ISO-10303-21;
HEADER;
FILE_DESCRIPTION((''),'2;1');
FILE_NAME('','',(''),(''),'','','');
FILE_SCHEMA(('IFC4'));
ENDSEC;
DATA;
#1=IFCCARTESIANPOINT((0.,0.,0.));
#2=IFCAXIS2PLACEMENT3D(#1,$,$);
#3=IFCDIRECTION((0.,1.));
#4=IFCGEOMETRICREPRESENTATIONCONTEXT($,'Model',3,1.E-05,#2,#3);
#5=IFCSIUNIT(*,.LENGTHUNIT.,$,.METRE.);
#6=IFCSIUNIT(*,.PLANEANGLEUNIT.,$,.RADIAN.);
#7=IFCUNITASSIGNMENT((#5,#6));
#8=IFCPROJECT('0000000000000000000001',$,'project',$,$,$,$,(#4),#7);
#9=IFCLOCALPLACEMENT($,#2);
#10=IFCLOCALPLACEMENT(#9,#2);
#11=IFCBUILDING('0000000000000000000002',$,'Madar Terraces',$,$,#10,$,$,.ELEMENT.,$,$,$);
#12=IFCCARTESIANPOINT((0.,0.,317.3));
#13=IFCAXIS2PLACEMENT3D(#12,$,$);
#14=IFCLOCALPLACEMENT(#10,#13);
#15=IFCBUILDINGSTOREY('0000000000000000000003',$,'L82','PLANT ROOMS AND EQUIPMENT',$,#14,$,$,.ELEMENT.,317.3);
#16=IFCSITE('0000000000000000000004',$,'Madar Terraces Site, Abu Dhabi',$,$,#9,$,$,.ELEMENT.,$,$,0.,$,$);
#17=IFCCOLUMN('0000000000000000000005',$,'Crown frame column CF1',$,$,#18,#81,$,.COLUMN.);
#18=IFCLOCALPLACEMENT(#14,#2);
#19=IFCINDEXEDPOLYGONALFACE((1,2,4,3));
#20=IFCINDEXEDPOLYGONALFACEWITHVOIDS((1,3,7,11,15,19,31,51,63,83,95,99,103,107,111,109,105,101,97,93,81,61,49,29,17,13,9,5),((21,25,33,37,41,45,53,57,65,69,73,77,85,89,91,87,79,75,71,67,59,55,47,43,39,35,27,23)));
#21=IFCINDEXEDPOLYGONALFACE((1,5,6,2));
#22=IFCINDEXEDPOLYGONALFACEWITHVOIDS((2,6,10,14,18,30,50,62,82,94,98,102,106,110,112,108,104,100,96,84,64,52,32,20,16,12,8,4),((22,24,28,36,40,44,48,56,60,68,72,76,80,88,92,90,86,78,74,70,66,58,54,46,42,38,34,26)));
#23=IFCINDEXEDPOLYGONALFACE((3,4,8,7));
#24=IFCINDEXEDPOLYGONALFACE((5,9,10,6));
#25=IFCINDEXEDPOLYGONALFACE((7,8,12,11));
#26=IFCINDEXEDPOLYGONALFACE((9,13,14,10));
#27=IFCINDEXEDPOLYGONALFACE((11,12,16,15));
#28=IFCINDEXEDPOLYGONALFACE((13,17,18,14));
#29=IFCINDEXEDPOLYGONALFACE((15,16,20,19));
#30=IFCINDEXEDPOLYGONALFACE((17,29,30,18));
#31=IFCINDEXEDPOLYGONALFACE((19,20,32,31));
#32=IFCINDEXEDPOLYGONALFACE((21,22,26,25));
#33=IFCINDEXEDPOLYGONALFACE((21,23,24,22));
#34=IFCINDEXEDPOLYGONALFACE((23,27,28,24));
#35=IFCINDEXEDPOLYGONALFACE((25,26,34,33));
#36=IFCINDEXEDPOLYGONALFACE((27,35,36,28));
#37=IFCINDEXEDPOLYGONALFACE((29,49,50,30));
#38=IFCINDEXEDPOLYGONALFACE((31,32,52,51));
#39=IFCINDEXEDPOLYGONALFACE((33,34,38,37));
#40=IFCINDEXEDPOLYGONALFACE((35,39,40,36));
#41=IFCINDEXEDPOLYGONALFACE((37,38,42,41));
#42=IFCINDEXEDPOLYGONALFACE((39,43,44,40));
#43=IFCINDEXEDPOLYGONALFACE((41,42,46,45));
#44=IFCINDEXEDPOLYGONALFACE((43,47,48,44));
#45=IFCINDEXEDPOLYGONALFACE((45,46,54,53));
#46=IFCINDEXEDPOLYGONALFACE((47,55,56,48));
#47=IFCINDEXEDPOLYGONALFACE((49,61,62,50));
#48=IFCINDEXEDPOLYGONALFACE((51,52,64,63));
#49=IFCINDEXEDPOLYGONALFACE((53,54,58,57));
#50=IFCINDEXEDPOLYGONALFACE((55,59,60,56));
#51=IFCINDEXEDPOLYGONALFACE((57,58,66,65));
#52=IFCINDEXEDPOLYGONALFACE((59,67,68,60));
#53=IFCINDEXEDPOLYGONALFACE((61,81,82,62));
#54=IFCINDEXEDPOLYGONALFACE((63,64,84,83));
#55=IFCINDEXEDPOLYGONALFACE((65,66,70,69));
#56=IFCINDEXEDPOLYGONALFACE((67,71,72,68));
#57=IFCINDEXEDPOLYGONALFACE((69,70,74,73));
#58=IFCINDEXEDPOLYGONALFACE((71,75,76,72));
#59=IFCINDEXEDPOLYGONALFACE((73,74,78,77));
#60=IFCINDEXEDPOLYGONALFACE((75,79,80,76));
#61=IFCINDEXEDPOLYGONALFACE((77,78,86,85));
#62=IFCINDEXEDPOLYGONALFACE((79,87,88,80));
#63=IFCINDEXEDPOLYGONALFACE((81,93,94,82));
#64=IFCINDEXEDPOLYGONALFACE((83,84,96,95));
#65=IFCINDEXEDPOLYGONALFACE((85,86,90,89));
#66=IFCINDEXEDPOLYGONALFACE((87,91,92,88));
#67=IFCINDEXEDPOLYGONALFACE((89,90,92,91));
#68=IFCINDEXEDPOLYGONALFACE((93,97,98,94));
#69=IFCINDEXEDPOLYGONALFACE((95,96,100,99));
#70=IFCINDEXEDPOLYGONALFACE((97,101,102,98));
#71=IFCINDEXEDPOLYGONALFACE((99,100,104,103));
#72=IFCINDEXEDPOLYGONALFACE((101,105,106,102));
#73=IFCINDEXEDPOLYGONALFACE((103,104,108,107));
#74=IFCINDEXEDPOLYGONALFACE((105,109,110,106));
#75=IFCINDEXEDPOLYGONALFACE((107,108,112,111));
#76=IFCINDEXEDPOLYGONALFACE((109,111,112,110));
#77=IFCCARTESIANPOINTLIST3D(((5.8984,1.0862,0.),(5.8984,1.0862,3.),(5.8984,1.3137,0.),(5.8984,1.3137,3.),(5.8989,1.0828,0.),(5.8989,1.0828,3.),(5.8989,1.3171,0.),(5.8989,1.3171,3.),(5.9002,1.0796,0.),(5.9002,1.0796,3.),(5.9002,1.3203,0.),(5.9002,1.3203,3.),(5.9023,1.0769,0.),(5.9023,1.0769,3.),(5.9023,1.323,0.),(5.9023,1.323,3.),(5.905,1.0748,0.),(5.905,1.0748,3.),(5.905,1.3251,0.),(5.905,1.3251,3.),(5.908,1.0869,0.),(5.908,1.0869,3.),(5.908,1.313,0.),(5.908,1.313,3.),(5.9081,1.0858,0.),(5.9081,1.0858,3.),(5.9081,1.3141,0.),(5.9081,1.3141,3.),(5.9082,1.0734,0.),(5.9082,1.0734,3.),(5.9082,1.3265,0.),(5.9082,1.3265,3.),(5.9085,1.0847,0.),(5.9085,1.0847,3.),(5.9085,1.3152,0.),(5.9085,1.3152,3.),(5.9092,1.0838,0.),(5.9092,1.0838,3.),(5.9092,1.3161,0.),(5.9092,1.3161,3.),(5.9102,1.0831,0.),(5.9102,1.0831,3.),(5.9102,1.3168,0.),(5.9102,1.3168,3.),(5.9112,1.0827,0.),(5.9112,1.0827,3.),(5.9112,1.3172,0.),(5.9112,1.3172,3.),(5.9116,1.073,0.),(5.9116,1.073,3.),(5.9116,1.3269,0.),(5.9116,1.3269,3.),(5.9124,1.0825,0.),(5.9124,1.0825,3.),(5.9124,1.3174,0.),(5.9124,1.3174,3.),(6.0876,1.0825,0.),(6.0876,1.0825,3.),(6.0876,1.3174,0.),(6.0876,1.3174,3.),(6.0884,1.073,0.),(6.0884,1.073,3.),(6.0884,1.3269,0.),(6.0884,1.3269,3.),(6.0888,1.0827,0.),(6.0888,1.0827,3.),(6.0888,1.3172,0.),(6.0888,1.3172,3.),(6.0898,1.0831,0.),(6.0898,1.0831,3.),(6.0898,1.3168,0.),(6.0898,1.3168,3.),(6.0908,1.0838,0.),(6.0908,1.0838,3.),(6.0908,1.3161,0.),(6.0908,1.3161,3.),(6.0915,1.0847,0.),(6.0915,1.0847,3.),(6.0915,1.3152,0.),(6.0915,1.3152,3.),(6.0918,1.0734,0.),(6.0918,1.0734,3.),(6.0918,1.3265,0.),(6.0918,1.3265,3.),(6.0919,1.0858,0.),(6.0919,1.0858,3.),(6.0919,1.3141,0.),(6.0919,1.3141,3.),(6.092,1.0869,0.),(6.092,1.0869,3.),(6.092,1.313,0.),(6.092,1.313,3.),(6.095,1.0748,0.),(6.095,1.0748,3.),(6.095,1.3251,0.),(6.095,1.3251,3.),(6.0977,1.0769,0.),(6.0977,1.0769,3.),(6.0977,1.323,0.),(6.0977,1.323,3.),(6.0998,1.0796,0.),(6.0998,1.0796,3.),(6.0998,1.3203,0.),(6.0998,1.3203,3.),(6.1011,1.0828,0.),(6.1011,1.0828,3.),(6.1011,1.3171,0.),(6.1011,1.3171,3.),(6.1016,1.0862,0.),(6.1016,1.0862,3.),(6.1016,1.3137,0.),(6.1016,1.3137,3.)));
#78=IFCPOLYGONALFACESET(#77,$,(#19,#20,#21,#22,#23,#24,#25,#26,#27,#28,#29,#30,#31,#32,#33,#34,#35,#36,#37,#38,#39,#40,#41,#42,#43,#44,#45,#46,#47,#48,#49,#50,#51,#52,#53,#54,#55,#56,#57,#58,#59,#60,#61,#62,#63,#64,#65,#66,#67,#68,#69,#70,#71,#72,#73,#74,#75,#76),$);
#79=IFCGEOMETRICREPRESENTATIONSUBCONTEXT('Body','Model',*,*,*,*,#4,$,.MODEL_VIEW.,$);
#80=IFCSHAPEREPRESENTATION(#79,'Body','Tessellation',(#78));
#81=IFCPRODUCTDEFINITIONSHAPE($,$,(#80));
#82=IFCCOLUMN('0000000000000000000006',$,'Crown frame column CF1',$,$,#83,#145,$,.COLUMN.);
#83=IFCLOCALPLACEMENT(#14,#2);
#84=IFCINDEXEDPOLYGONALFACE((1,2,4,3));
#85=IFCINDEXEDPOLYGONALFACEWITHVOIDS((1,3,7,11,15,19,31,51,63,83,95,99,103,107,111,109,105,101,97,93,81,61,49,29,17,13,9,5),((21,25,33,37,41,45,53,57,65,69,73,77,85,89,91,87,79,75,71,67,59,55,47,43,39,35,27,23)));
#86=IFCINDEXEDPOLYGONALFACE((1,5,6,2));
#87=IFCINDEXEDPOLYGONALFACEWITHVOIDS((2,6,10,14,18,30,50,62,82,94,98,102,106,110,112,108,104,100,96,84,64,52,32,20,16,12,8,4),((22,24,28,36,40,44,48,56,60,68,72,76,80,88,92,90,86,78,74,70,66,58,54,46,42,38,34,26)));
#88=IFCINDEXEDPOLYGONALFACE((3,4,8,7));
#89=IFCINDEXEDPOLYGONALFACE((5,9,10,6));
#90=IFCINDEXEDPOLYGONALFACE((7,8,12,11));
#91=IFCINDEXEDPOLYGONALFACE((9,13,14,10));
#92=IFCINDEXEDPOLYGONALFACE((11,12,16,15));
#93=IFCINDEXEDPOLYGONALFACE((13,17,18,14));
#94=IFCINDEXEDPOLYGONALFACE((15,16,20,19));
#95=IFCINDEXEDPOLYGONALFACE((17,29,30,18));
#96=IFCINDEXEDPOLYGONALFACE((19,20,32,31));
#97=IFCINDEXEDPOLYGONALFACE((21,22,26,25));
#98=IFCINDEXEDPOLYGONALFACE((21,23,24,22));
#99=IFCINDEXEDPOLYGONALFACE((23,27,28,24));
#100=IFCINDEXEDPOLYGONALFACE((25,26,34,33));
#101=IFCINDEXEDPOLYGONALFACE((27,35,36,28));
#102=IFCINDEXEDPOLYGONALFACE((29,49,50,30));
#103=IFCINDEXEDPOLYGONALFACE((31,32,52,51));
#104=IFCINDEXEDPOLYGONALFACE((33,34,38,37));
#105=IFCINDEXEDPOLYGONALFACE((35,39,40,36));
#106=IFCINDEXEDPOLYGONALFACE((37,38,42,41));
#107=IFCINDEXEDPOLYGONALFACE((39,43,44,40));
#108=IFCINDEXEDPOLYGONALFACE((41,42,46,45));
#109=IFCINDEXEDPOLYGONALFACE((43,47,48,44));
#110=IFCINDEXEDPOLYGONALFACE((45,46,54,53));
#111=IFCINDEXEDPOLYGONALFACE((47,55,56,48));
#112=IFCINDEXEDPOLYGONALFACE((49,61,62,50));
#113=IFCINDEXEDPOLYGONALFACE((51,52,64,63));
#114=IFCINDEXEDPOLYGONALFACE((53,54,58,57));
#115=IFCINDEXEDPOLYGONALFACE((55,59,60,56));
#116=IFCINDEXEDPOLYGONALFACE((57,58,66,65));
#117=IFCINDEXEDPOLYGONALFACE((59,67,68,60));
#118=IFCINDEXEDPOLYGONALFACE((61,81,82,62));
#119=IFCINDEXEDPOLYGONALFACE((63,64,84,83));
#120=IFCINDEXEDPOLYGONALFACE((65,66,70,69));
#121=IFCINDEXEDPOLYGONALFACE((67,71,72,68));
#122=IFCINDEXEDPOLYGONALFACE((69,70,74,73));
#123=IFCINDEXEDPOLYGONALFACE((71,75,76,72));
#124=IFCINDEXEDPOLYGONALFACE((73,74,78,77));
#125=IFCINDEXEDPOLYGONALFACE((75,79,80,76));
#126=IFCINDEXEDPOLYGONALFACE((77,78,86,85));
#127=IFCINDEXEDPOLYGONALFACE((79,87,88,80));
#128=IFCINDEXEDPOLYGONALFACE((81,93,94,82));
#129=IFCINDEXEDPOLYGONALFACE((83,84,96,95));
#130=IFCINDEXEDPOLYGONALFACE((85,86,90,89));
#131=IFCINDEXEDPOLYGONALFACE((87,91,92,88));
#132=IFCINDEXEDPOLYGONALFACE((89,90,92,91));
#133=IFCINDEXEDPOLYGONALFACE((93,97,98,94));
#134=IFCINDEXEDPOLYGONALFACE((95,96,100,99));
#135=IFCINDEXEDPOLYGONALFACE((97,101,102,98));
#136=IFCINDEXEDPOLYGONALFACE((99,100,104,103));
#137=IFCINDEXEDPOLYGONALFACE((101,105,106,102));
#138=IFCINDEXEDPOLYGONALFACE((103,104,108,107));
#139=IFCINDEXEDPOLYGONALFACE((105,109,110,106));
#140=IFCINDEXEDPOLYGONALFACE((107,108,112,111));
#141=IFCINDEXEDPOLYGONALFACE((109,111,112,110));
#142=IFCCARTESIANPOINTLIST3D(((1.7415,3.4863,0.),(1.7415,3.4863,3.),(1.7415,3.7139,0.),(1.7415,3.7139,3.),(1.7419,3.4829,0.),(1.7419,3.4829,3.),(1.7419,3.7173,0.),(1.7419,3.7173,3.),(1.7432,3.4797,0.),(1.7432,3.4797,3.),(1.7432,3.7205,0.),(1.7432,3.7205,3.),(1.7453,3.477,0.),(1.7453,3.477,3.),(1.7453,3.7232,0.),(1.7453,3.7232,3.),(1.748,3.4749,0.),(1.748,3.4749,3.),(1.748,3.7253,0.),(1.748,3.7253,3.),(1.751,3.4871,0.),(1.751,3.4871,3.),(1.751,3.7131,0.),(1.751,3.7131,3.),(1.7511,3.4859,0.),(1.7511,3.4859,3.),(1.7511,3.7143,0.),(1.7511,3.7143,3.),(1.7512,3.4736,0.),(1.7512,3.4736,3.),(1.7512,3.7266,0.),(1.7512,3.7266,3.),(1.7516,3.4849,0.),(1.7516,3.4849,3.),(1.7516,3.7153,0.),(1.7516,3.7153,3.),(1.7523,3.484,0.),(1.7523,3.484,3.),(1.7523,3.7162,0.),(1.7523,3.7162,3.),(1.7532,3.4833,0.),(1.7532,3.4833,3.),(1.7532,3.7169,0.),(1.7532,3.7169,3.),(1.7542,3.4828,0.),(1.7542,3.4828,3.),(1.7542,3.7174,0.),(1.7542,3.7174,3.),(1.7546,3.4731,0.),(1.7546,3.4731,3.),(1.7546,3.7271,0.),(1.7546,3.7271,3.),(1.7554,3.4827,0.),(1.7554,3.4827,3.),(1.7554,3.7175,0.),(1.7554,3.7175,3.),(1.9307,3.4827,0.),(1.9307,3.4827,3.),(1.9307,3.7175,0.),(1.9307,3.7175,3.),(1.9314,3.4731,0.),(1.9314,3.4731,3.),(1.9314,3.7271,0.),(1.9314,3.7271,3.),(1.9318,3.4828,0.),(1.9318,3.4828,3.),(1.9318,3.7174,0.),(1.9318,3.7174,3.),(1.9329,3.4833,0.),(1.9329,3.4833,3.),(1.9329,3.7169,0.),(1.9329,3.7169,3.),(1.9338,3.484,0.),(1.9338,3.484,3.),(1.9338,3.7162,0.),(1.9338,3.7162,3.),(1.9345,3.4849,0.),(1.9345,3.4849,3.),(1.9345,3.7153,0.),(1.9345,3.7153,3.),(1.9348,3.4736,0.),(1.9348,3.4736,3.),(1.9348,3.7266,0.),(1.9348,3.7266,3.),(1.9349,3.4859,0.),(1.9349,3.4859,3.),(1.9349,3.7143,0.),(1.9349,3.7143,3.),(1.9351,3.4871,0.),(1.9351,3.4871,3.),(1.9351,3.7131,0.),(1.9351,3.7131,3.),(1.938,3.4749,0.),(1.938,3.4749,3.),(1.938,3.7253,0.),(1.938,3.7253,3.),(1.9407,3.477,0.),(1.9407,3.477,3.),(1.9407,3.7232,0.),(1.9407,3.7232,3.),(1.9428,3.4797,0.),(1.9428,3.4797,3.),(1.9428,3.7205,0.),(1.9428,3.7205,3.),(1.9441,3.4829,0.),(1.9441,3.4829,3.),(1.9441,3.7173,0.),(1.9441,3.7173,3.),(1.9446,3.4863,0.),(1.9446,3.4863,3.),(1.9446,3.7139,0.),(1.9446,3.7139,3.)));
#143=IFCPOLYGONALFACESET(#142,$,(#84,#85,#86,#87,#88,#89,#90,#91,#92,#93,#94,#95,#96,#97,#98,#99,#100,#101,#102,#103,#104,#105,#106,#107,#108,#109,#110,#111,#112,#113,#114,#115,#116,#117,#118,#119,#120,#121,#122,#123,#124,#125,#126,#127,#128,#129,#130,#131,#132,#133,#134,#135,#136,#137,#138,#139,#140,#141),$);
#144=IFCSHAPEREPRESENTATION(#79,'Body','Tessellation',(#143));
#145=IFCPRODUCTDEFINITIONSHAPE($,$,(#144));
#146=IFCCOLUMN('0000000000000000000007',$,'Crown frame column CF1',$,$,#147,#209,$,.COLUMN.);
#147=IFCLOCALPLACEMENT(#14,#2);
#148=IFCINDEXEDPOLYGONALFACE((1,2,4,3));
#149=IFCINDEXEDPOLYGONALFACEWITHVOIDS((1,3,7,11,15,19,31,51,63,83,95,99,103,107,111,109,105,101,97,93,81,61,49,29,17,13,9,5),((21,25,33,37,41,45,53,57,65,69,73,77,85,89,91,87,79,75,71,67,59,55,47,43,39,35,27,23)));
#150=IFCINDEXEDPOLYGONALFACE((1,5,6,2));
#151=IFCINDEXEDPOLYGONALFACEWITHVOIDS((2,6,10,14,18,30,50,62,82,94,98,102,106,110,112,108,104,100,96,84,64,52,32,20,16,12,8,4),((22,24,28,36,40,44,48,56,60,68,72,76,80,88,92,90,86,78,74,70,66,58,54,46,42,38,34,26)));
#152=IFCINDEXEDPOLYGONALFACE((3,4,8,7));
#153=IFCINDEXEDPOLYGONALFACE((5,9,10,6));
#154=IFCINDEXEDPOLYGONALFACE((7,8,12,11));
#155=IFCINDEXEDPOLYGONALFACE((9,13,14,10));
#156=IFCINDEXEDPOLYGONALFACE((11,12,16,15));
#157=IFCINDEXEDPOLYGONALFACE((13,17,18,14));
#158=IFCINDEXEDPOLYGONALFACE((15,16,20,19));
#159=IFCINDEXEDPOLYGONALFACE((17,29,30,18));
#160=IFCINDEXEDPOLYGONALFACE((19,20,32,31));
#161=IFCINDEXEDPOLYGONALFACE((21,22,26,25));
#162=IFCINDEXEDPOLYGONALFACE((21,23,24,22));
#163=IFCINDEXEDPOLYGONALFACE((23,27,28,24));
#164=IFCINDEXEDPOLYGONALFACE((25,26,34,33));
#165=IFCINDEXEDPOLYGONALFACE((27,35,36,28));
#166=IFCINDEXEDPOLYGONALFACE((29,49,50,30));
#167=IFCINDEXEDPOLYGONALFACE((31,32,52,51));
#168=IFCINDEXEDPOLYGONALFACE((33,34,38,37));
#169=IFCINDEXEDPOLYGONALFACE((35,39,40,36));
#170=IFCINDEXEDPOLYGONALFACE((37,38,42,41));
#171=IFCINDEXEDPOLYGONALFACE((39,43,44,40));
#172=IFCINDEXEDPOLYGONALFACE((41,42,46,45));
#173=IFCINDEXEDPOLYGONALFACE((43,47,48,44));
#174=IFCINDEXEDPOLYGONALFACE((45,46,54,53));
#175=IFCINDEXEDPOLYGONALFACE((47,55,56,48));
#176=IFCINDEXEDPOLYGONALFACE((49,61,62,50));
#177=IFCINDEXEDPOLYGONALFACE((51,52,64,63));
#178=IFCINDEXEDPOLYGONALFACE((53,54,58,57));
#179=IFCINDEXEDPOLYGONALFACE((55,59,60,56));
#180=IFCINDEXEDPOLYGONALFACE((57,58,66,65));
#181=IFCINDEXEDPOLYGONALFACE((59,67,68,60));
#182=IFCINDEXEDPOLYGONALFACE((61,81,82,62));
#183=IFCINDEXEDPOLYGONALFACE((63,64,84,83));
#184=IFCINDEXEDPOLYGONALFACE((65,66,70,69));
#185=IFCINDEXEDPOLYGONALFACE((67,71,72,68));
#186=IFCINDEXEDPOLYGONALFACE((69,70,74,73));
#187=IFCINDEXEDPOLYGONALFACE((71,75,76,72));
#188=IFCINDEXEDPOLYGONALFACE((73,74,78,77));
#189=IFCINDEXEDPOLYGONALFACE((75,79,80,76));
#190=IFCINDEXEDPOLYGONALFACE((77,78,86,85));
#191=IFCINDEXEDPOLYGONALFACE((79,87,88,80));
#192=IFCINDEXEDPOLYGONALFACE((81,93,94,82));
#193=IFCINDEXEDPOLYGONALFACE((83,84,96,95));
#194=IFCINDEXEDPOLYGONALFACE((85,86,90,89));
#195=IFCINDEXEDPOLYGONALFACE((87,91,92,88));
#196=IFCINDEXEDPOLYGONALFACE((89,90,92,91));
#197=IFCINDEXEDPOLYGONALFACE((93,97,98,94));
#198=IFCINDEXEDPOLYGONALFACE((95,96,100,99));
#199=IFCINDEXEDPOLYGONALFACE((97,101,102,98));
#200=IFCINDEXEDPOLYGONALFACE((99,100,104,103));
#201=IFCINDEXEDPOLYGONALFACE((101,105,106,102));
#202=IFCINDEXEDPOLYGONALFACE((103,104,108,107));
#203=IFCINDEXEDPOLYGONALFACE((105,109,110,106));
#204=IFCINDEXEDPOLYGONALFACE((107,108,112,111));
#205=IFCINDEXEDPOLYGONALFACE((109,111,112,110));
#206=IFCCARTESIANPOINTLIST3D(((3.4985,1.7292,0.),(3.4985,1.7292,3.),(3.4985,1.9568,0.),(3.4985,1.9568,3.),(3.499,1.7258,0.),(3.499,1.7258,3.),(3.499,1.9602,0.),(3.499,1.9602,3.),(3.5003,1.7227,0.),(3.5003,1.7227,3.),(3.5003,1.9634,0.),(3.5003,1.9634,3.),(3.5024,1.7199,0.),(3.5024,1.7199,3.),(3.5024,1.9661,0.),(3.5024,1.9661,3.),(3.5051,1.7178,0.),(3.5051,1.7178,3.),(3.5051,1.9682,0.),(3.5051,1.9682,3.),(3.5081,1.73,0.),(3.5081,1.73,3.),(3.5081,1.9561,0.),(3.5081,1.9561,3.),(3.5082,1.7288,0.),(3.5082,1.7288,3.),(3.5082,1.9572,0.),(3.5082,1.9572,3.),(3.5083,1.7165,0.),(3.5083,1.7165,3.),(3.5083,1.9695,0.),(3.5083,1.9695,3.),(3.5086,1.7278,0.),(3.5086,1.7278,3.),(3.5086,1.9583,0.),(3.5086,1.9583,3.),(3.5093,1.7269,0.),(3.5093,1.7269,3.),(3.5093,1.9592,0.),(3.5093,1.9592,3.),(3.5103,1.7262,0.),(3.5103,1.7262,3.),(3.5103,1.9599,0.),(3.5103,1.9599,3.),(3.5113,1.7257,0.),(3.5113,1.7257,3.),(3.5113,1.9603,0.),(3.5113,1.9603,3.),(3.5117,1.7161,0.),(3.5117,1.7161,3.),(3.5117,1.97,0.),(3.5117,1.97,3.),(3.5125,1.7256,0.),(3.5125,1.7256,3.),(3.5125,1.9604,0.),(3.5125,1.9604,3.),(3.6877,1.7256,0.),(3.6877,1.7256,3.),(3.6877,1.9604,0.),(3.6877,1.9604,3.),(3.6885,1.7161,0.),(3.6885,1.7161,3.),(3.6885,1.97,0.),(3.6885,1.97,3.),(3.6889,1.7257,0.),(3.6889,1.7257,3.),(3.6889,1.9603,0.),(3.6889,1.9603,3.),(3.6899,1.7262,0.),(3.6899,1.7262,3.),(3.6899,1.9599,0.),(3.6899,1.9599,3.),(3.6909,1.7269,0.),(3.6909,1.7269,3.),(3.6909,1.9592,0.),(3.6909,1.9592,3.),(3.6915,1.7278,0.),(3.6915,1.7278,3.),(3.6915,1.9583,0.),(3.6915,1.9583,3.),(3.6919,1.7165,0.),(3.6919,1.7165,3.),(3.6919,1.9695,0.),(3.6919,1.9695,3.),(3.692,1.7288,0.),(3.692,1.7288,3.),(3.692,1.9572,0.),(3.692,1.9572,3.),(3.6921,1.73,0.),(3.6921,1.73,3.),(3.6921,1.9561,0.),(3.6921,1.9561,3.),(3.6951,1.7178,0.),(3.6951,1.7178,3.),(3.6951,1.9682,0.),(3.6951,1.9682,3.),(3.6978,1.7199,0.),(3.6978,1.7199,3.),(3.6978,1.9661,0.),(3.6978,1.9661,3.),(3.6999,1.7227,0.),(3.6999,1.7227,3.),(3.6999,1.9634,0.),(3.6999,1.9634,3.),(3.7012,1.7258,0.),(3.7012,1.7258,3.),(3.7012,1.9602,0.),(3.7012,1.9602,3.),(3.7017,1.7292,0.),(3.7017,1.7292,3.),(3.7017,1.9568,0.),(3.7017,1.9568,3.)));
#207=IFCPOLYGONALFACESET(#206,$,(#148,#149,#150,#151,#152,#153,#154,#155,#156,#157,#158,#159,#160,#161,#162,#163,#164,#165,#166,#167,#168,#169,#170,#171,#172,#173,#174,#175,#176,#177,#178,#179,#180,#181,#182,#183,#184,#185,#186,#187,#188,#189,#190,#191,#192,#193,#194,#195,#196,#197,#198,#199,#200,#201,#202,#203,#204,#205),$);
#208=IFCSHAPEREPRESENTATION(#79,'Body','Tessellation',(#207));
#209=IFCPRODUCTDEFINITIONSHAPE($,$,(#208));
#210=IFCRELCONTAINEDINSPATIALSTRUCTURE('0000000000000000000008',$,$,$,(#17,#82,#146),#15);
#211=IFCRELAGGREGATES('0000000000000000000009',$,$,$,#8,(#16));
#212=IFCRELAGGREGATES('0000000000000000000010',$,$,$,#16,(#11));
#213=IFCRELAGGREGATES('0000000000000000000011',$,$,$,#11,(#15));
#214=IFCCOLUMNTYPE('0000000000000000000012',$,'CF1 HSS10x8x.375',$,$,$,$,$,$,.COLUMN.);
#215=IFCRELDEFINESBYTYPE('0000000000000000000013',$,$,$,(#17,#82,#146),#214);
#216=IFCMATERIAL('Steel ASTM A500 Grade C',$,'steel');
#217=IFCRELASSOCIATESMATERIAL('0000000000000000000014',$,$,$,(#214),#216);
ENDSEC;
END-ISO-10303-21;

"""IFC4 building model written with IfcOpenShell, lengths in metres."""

from ifc_helpers import new_model, si_unit, direction, frame, origin, origin_2d, place, context, subcontext, project, spatial, hollow_rectangle, extrude, material, material_profile, profile_set, type_object, element, save


model = new_model("IFC4")

# Units and contexts
model_context = context("Model", 3, precision=1e-05, world=origin(), true_north=direction((0.0, 1.0)))
body_context = subcontext(model_context, "Body", "Model", "MODEL_VIEW")
ifc_project = project(units=[si_unit("LENGTHUNIT", "METRE"), si_unit("PLANEANGLEUNIT", "RADIAN")], contexts=[model_context])

# Site, building, storey
site_placement = place(None, origin())
site = spatial("IfcSite", under=ifc_project, at=site_placement, Name="Madar Terraces Site, Abu Dhabi", CompositionType="ELEMENT", RefElevation=0.0)
building_placement = place(site_placement, origin())
building = spatial("IfcBuilding", under=site, at=building_placement, Name="Madar Terraces", CompositionType="ELEMENT")
storey_placement = place(building_placement, frame((0.0, 0.0, 317.3)))
storey = spatial("IfcBuildingStorey", under=building, at=storey_placement, Name="L82", Description="PLANT ROOMS AND EQUIPMENT", CompositionType="ELEMENT", Elevation=317.3)

# Columns
ifc_material_1 = material(Name="Steel ASTM A500 Grade C", Category="steel")
ifc_material_profile_1 = material_profile(ifc_material_1, hollow_rectangle(XDim=0.2031, YDim=0.2539, WallThickness=0.0095, InnerFilletRadius=0.0044, OuterFilletRadius=0.0132, at=origin_2d()), Name="HSS10x8x.375")
ifc_profile_set_1 = profile_set([ifc_material_profile_1], Name="Steel ASTM A500 Grade C")
column_type = type_object("IfcColumnType", Name="CF1 HSS10x8x.375", PredefinedType="COLUMN", material=ifc_profile_set_1)
for number, where, z_axis, x_axis, name in (
    (1, (6.0, 1.2, 0.0), (0.0, 0.0, 1.0), (1.0, 0.0, 0.0), "Crown frame column CF1"),
    (2, (1.843, 3.6001, 0.0), (0.0, 0.0, 1.0), (1.0, 0.0, 0.0), "Crown frame column CF1"),
    (3, (3.6001, 1.843, 0.0), (0.0, 0.0, 1.0), (1.0, 0.0, 0.0), "Crown frame column CF1"),
):
    element("IfcColumn", number, at=place(storey_placement, frame(where, z_axis=z_axis, x_axis=x_axis)), inside=storey, type_object=column_type, Name=name, PredefinedType="COLUMN", context=body_context, shape_type="SweptSolid", body=[
        extrude(hollow_rectangle(XDim=0.2031, YDim=0.2539, WallThickness=0.0095, InnerFilletRadius=0.0044, OuterFilletRadius=0.0132, at=origin_2d()), origin(), (0.0, 0.0, 1.0), 3.0),
    ])

save(model, "model.ifc")
